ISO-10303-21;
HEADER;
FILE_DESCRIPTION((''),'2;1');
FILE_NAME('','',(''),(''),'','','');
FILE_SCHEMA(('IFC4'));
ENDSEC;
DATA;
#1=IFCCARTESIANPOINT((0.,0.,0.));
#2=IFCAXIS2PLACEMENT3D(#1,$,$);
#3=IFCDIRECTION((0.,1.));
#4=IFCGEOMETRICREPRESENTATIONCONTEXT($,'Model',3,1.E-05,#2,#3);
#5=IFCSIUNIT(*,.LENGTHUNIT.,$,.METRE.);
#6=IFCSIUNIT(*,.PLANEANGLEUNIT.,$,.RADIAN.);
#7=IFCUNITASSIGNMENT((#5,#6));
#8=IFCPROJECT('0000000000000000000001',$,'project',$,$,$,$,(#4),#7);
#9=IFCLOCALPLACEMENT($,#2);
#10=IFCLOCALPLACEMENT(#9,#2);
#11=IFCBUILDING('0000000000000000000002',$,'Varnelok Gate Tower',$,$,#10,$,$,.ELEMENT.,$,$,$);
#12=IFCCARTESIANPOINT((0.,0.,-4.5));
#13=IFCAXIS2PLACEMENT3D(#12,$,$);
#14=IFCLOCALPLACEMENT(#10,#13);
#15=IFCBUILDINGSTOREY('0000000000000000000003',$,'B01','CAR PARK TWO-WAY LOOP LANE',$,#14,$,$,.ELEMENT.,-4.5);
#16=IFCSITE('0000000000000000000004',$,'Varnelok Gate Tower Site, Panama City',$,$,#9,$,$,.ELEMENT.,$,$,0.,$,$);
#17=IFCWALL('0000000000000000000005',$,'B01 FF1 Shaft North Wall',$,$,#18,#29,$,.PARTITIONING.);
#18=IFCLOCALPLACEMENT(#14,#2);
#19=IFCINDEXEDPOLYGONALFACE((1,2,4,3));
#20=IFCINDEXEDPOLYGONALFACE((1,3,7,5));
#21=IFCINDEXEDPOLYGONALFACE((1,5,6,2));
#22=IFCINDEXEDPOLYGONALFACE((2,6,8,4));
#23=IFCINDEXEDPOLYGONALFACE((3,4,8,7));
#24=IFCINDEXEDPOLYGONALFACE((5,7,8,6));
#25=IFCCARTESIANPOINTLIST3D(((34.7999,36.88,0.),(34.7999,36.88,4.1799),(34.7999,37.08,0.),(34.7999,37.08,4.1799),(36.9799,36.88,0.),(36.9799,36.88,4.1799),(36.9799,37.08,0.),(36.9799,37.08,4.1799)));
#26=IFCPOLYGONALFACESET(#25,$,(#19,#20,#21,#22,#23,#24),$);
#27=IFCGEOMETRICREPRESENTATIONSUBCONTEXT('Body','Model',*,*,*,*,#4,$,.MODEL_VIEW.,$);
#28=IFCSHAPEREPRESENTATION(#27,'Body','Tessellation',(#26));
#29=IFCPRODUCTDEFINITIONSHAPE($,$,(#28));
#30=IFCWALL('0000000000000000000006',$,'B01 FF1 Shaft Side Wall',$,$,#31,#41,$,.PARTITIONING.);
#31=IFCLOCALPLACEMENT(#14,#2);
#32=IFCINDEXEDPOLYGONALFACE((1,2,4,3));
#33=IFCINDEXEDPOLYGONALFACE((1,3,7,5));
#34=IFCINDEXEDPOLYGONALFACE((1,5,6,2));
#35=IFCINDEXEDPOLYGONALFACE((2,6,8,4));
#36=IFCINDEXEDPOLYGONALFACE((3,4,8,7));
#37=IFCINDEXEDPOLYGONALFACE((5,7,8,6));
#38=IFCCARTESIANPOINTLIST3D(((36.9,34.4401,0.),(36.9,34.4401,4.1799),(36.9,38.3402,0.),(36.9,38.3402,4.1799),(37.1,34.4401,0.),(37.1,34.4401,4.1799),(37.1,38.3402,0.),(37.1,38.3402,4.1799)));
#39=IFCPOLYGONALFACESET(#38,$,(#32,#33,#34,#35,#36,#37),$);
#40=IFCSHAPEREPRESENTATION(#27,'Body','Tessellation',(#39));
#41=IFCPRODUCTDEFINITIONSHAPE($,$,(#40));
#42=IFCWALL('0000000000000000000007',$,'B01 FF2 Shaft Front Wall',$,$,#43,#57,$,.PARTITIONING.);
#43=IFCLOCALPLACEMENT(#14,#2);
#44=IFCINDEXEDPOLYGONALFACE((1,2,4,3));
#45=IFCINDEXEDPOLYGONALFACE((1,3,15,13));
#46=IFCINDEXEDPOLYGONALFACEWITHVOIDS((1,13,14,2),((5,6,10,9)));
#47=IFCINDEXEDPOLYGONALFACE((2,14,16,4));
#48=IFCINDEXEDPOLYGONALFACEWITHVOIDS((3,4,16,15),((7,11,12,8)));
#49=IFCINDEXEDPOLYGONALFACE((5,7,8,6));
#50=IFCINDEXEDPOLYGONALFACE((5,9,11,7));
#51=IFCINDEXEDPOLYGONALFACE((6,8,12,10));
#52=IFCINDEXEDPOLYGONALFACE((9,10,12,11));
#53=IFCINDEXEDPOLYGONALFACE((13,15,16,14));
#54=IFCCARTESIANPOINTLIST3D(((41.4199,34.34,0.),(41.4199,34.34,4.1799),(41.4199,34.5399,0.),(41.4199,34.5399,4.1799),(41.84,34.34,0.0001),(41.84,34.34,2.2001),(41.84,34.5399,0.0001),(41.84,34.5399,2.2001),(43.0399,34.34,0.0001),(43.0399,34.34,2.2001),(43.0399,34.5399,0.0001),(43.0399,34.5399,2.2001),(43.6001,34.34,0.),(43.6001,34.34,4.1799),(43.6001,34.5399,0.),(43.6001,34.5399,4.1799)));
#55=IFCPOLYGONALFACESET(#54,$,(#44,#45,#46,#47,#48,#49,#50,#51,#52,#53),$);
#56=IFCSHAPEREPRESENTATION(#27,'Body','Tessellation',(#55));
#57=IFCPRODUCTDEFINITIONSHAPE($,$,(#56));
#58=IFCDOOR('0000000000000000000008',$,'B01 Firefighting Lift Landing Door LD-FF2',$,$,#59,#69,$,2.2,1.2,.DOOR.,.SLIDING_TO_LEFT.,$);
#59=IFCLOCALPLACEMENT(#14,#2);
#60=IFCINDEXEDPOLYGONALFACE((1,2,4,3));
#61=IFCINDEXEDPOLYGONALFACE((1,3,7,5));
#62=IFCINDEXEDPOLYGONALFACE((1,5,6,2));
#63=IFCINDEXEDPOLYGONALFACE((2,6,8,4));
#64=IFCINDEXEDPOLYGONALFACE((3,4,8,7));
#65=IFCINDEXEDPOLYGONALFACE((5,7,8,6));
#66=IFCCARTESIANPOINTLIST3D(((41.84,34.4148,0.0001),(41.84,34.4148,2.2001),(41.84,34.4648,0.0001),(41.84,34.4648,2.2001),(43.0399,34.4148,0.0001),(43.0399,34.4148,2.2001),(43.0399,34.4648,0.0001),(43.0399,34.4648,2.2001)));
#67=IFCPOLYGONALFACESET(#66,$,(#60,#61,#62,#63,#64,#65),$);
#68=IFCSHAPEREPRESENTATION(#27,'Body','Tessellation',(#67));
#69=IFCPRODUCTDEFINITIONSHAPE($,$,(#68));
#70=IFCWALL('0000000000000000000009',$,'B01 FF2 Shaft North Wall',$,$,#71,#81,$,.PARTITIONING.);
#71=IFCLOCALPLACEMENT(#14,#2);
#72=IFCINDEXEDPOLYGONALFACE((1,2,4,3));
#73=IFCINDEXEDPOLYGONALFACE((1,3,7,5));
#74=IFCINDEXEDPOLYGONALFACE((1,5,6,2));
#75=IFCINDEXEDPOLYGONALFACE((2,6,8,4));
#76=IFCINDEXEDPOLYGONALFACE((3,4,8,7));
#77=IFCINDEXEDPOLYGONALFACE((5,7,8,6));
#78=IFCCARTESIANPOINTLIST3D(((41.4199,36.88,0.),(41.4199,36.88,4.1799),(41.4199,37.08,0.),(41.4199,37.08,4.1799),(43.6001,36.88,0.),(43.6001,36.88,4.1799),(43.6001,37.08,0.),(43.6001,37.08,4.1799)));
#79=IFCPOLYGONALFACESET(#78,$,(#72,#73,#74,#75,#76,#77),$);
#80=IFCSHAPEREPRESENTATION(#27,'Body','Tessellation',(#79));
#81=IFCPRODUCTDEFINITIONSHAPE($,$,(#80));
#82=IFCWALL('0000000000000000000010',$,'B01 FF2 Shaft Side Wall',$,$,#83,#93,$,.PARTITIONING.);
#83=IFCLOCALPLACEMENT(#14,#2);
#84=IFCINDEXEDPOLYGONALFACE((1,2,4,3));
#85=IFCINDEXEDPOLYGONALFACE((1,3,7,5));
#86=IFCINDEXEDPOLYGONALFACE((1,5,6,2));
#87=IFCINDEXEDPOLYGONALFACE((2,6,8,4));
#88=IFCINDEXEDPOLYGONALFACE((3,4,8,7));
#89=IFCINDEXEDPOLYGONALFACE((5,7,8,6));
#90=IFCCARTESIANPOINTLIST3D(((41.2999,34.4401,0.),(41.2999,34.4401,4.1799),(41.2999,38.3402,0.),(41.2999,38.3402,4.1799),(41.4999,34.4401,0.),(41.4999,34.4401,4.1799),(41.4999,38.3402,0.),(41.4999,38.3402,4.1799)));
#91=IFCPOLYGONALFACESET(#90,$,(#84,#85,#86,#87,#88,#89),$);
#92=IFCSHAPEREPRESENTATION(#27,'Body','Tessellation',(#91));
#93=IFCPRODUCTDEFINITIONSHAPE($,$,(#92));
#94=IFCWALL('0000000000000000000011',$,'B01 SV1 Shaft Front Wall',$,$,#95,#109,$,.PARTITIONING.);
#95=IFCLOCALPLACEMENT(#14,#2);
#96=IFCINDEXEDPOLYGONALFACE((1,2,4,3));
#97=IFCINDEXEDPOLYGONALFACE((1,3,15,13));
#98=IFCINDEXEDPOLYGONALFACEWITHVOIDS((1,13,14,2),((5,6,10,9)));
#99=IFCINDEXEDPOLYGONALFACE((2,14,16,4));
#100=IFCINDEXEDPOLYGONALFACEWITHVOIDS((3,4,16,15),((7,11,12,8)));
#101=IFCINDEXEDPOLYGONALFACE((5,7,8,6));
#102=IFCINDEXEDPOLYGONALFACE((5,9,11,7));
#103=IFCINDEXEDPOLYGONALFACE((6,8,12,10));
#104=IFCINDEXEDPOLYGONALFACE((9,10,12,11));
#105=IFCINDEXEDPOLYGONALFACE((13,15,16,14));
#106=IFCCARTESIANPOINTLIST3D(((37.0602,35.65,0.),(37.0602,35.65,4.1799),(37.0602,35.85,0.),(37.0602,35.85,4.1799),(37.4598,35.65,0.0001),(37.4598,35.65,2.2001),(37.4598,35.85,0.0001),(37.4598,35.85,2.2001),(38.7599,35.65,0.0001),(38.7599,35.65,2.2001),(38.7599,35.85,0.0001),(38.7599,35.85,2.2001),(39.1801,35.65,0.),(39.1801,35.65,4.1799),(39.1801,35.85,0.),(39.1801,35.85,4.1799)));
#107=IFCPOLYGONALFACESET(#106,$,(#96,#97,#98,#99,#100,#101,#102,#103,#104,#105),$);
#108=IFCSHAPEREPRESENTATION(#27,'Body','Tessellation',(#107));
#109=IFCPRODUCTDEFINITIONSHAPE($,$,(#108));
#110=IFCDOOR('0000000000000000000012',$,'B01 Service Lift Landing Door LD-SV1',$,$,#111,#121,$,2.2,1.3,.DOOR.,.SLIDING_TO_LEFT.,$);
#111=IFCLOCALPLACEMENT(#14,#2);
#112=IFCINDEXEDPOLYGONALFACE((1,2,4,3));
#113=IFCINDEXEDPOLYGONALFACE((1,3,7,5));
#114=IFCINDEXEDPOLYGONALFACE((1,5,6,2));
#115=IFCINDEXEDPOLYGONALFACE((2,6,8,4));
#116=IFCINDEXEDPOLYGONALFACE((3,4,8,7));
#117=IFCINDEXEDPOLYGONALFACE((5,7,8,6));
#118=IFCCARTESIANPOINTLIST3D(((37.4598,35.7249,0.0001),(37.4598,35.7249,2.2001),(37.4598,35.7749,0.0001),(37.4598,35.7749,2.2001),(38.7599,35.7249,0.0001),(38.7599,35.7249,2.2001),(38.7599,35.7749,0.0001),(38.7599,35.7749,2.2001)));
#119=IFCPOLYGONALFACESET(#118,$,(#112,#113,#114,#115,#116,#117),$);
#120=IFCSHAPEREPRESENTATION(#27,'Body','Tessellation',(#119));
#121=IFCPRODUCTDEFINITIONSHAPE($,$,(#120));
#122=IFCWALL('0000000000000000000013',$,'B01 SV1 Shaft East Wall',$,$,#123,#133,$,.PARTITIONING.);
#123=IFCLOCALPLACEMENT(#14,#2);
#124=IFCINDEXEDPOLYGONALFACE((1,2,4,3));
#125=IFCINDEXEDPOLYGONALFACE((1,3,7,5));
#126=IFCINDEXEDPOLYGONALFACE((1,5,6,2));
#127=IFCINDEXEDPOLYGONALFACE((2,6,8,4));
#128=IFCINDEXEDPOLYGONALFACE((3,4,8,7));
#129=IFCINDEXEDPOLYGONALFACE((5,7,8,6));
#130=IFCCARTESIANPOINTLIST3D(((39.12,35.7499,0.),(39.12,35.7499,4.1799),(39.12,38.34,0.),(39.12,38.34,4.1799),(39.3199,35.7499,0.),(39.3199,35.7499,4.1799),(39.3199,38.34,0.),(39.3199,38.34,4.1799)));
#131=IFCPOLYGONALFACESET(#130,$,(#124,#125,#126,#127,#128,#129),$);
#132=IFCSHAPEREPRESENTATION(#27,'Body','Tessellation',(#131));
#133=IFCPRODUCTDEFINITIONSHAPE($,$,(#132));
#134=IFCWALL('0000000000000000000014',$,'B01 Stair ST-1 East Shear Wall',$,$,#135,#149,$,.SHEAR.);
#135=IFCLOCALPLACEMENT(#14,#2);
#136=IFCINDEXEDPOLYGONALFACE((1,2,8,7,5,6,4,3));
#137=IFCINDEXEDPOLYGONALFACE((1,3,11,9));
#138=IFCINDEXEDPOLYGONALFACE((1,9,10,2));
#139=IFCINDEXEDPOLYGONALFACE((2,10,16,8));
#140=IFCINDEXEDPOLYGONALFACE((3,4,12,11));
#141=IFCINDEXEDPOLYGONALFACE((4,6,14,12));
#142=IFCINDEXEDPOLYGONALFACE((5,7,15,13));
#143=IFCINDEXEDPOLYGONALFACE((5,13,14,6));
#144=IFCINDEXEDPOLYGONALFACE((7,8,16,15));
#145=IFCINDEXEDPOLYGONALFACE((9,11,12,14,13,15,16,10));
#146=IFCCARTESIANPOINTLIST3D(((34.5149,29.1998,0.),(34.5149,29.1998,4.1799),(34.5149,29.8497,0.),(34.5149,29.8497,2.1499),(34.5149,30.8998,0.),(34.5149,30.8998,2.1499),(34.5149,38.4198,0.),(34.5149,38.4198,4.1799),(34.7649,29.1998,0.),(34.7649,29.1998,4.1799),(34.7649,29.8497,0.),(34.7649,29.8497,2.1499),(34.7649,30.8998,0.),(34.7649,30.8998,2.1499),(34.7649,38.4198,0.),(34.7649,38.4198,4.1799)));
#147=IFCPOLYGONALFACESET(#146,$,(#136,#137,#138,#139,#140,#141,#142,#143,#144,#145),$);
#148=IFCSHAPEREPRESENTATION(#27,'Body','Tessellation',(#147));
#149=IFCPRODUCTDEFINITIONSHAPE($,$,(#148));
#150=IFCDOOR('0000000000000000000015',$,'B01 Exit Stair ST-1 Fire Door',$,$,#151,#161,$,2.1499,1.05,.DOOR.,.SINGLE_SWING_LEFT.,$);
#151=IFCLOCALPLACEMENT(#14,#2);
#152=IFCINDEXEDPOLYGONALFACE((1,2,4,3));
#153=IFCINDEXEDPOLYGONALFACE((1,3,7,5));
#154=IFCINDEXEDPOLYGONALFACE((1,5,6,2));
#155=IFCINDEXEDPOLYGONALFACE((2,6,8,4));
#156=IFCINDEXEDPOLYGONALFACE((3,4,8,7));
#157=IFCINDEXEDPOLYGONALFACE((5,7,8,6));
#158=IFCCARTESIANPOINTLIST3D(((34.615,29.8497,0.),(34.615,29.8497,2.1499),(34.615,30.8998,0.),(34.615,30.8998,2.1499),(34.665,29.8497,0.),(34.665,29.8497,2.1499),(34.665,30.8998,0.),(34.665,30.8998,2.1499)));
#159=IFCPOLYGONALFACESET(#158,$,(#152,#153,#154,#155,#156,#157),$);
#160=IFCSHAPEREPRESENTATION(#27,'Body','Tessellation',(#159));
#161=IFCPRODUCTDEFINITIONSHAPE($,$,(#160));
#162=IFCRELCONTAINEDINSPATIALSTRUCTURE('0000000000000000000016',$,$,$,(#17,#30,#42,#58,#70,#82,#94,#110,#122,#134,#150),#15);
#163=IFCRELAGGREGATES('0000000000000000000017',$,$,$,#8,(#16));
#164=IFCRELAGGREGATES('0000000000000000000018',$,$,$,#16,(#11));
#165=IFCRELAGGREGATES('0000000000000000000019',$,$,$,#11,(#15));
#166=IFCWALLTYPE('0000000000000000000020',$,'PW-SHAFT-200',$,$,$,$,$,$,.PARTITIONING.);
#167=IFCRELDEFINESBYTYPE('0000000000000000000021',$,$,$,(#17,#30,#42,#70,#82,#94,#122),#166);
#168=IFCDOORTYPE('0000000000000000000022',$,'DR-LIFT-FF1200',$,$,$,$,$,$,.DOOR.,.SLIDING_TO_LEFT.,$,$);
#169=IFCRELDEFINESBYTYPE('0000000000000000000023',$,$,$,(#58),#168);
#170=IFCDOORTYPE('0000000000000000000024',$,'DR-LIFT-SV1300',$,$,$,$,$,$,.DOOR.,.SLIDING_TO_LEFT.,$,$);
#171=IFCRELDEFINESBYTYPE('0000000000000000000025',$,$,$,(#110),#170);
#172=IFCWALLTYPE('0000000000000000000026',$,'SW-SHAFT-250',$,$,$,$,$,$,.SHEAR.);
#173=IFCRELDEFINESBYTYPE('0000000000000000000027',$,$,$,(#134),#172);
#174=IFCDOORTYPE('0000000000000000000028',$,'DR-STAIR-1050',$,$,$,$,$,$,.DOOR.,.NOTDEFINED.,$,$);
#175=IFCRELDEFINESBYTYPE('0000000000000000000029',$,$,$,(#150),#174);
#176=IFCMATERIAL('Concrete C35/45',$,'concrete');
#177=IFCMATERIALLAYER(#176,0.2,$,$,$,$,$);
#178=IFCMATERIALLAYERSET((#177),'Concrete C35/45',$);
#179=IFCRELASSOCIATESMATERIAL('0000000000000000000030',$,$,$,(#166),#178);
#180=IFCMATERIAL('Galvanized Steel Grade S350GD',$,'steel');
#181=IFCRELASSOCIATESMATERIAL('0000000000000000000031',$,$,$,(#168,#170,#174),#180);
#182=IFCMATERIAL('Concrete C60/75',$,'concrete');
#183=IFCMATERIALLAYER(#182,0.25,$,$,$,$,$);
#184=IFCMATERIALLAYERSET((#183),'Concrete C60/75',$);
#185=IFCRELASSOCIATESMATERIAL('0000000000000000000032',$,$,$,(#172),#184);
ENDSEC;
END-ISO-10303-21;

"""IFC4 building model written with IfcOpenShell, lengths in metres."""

from ifc_helpers import new_model, si_unit, direction, frame, frame_2d, origin, place, context, subcontext, project, spatial, rectangle, extrude, material, layer, layer_set, type_object, element, fill, save


model = new_model("IFC4")

# Units and contexts
model_context = context("Model", 3, precision=1e-05, world=origin(), true_north=direction((0.0, 1.0)))
body_context = subcontext(model_context, "Body", "Model", "MODEL_VIEW")
ifc_project = project(units=[si_unit("LENGTHUNIT", "METRE"), si_unit("PLANEANGLEUNIT", "RADIAN")], contexts=[model_context])

# Site, building, storey
site_placement = place(None, origin())
site = spatial("IfcSite", under=ifc_project, at=site_placement, Name="Varnelok Gate Tower Site, Panama City", CompositionType="ELEMENT", RefElevation=0.0)
building_placement = place(site_placement, origin())
building = spatial("IfcBuilding", under=site, at=building_placement, Name="Varnelok Gate Tower", CompositionType="ELEMENT")
storey_placement = place(building_placement, frame((0.0, 0.0, -4.5)))
storey = spatial("IfcBuildingStorey", under=building, at=storey_placement, Name="B01", Description="CAR PARK TWO-WAY LOOP LANE", CompositionType="ELEMENT", Elevation=-4.5)

# Shared definitions
ifc_material_1 = material(Name="Galvanized Steel Grade S350GD", Category="steel")

# Shared definitions
ifc_material_2 = material(Name="Concrete C35/45", Category="concrete")
ifc_layer_1 = layer(ifc_material_2, 0.2)
ifc_layer_set_1 = layer_set([ifc_layer_1], Name="Concrete C35/45")
wall_type_1 = type_object("IfcWallType", Name="PW-SHAFT-200", PredefinedType="PARTITIONING", material=ifc_layer_set_1)

# Shared definitions
door_type_1 = type_object("IfcDoorType", Name="DR-LIFT-FF1200", OperationType="SLIDING_TO_LEFT", PredefinedType="DOOR", material=ifc_material_1)

# Walls
wall_1_placement = place(storey_placement, frame((34.8, 36.98, 0.0), z_axis=(0.0, 0.0, 1.0), x_axis=(1.0, 0.0, 0.0)))
element("IfcWall", 1, at=wall_1_placement, inside=storey, type_object=wall_type_1, Name="B01 FF1 Shaft North Wall", PredefinedType="PARTITIONING", context=body_context, shape_type="SweptSolid", body=[
    extrude(rectangle(XDim=2.1799, YDim=0.2, at=frame_2d((1.0898, 0.0))), origin(), (0.0, 0.0, 1.0), 4.1799),
])
wall_2_placement = place(storey_placement, frame((37.0, 34.4399, 0.0), z_axis=(0.0, 0.0, 1.0), x_axis=(0.0, 1.0, 0.0)))
element("IfcWall", 2, at=wall_2_placement, inside=storey, type_object=wall_type_1, Name="B01 FF1 Shaft Side Wall", PredefinedType="PARTITIONING", context=body_context, shape_type="SweptSolid", body=[
    extrude(rectangle(XDim=3.9001, YDim=0.2, at=frame_2d((1.9502, 0.0))), origin(), (0.0, 0.0, 1.0), 4.1799),
])

# Wall, opening, door
wall_3_placement = place(storey_placement, frame((41.4199, 34.4399, 0.0), z_axis=(0.0, 0.0, 1.0), x_axis=(1.0, 0.0, 0.0)))
wall_3 = element("IfcWall", 3, at=wall_3_placement, inside=storey, type_object=wall_type_1, Name="B01 FF2 Shaft Front Wall", PredefinedType="PARTITIONING", context=body_context, shape_type="SweptSolid", body=[
    extrude(rectangle(XDim=2.1802, YDim=0.2, at=frame_2d((1.0901, 0.0))), origin(), (0.0, 0.0, 1.0), 4.1799),
])
opening_1_placement = place(wall_3_placement, frame((0.4199, 0.0, 0.0)))
opening_1 = element("IfcOpeningElement", 4, at=opening_1_placement, cuts=wall_3, PredefinedType="OPENING", context=body_context, shape_type="SweptSolid", body=[
    extrude(rectangle(XDim=1.2, YDim=2.2, at=frame_2d((0.6001, 1.1001))), frame((0.0, 0.1099, 0.0), z_axis=(0.0, -1.0, 0.0), x_axis=(1.0, 0.0, 0.0)), (0.0, 0.0, 1.0), 0.22),
])
door_1_placement = place(opening_1_placement, origin())
door_1 = element("IfcDoor", 5, at=door_1_placement, inside=storey, type_object=door_type_1, Name="B01 Firefighting Lift Landing Door LD-FF2", OperationType="SLIDING_TO_LEFT", OverallHeight=2.2, OverallWidth=1.2, PredefinedType="DOOR", context=body_context, shape_type="SweptSolid", body=[
    extrude(rectangle(XDim=1.2, YDim=2.2, at=frame_2d((0.6001, 1.1001))), frame((0.0, 0.0249, 0.0), z_axis=(0.0, -1.0, 0.0), x_axis=(1.0, 0.0, 0.0)), (0.0, 0.0, 1.0), 0.05),
])
fill(opening_1, door_1)

# Walls
wall_4_placement = place(storey_placement, frame((41.4199, 36.98, 0.0), z_axis=(0.0, 0.0, 1.0), x_axis=(1.0, 0.0, 0.0)))
element("IfcWall", 6, at=wall_4_placement, inside=storey, type_object=wall_type_1, Name="B01 FF2 Shaft North Wall", PredefinedType="PARTITIONING", context=body_context, shape_type="SweptSolid", body=[
    extrude(rectangle(XDim=2.1802, YDim=0.2, at=frame_2d((1.0901, 0.0))), origin(), (0.0, 0.0, 1.0), 4.1799),
])
wall_5_placement = place(storey_placement, frame((41.3999, 34.4399, 0.0), z_axis=(0.0, 0.0, 1.0), x_axis=(0.0, 1.0, 0.0)))
element("IfcWall", 7, at=wall_5_placement, inside=storey, type_object=wall_type_1, Name="B01 FF2 Shaft Side Wall", PredefinedType="PARTITIONING", context=body_context, shape_type="SweptSolid", body=[
    extrude(rectangle(XDim=3.9001, YDim=0.2, at=frame_2d((1.9502, 0.0))), origin(), (0.0, 0.0, 1.0), 4.1799),
])

# Wall, opening, door
wall_6_placement = place(storey_placement, frame((37.0601, 35.75, 0.0), z_axis=(0.0, 0.0, 1.0), x_axis=(1.0, 0.0, 0.0)))
wall_6 = element("IfcWall", 8, at=wall_6_placement, inside=storey, type_object=wall_type_1, Name="B01 SV1 Shaft Front Wall", PredefinedType="PARTITIONING", context=body_context, shape_type="SweptSolid", body=[
    extrude(rectangle(XDim=2.1199, YDim=0.2, at=frame_2d((1.0601, 0.0))), origin(), (0.0, 0.0, 1.0), 4.1799),
])
opening_2_placement = place(wall_6_placement, frame((0.3999, 0.0, 0.0)))
opening_2 = element("IfcOpeningElement", 9, at=opening_2_placement, cuts=wall_6, PredefinedType="OPENING", context=body_context, shape_type="SweptSolid", body=[
    extrude(rectangle(XDim=1.3, YDim=2.2, at=frame_2d((0.6499, 1.1001))), frame((0.0, 0.1099, 0.0), z_axis=(0.0, -1.0, 0.0), x_axis=(1.0, 0.0, 0.0)), (0.0, 0.0, 1.0), 0.22),
])
door_type_2 = type_object("IfcDoorType", Name="DR-LIFT-SV1300", OperationType="SLIDING_TO_LEFT", PredefinedType="DOOR", material=ifc_material_1)
door_2_placement = place(opening_2_placement, origin())
door_2 = element("IfcDoor", 10, at=door_2_placement, inside=storey, type_object=door_type_2, Name="B01 Service Lift Landing Door LD-SV1", OperationType="SLIDING_TO_LEFT", OverallHeight=2.2, OverallWidth=1.3, PredefinedType="DOOR", context=body_context, shape_type="SweptSolid", body=[
    extrude(rectangle(XDim=1.3, YDim=2.2, at=frame_2d((0.6499, 1.1001))), frame((0.0, 0.0249, 0.0), z_axis=(0.0, -1.0, 0.0), x_axis=(1.0, 0.0, 0.0)), (0.0, 0.0, 1.0), 0.05),
])
fill(opening_2, door_2)

# Wall
wall_7_placement = place(storey_placement, frame((39.22, 35.75, 0.0), z_axis=(0.0, 0.0, 1.0), x_axis=(0.0, 1.0, 0.0)))
element("IfcWall", 11, at=wall_7_placement, inside=storey, type_object=wall_type_1, Name="B01 SV1 Shaft East Wall", PredefinedType="PARTITIONING", context=body_context, shape_type="SweptSolid", body=[
    extrude(rectangle(XDim=2.5901, YDim=0.2, at=frame_2d((1.2949, 0.0))), origin(), (0.0, 0.0, 1.0), 4.1799),
])

# Wall, opening, door
ifc_material_3 = material(Name="Concrete C60/75", Category="concrete")
ifc_layer_2 = layer(ifc_material_3, 0.25)
ifc_layer_set_2 = layer_set([ifc_layer_2], Name="Concrete C60/75")
wall_type_2 = type_object("IfcWallType", Name="SW-SHAFT-250", PredefinedType="SHEAR", material=ifc_layer_set_2)
wall_8_placement = place(storey_placement, frame((34.6399, 29.2, 0.0), z_axis=(0.0, 0.0, 1.0), x_axis=(0.0, 1.0, 0.0)))
wall_8 = element("IfcWall", 12, at=wall_8_placement, inside=storey, type_object=wall_type_2, Name="B01 Stair ST-1 East Shear Wall", PredefinedType="SHEAR", context=body_context, shape_type="SweptSolid", body=[
    extrude(rectangle(XDim=9.22, YDim=0.25, at=frame_2d((4.6099, 0.0))), origin(), (0.0, 0.0, 1.0), 4.1799),
])
opening_3_placement = place(wall_8_placement, frame((0.6499, 0.0, 0.0)))
opening_3 = element("IfcOpeningElement", 13, at=opening_3_placement, cuts=wall_8, PredefinedType="OPENING", context=body_context, shape_type="SweptSolid", body=[
    extrude(rectangle(XDim=1.05, YDim=2.1499, at=frame_2d((0.5249, 1.075))), frame((0.0, 0.135, 0.0), z_axis=(0.0, -1.0, 0.0), x_axis=(1.0, 0.0, 0.0)), (0.0, 0.0, 1.0), 0.27),
])
door_type_3 = type_object("IfcDoorType", Name="DR-STAIR-1050", OperationType="NOTDEFINED", PredefinedType="DOOR", material=ifc_material_1)
door_3_placement = place(opening_3_placement, origin())
door_3 = element("IfcDoor", 14, at=door_3_placement, inside=storey, type_object=door_type_3, Name="B01 Exit Stair ST-1 Fire Door", OperationType="SINGLE_SWING_LEFT", OverallHeight=2.1499, OverallWidth=1.05, PredefinedType="DOOR", context=body_context, shape_type="SweptSolid", body=[
    extrude(rectangle(XDim=1.05, YDim=2.1499, at=frame_2d((0.5249, 1.075))), frame((0.0, 0.0249, 0.0), z_axis=(0.0, -1.0, 0.0), x_axis=(1.0, 0.0, 0.0)), (0.0, 0.0, 1.0), 0.05),
])
fill(opening_3, door_3)

save(model, "model.ifc")
